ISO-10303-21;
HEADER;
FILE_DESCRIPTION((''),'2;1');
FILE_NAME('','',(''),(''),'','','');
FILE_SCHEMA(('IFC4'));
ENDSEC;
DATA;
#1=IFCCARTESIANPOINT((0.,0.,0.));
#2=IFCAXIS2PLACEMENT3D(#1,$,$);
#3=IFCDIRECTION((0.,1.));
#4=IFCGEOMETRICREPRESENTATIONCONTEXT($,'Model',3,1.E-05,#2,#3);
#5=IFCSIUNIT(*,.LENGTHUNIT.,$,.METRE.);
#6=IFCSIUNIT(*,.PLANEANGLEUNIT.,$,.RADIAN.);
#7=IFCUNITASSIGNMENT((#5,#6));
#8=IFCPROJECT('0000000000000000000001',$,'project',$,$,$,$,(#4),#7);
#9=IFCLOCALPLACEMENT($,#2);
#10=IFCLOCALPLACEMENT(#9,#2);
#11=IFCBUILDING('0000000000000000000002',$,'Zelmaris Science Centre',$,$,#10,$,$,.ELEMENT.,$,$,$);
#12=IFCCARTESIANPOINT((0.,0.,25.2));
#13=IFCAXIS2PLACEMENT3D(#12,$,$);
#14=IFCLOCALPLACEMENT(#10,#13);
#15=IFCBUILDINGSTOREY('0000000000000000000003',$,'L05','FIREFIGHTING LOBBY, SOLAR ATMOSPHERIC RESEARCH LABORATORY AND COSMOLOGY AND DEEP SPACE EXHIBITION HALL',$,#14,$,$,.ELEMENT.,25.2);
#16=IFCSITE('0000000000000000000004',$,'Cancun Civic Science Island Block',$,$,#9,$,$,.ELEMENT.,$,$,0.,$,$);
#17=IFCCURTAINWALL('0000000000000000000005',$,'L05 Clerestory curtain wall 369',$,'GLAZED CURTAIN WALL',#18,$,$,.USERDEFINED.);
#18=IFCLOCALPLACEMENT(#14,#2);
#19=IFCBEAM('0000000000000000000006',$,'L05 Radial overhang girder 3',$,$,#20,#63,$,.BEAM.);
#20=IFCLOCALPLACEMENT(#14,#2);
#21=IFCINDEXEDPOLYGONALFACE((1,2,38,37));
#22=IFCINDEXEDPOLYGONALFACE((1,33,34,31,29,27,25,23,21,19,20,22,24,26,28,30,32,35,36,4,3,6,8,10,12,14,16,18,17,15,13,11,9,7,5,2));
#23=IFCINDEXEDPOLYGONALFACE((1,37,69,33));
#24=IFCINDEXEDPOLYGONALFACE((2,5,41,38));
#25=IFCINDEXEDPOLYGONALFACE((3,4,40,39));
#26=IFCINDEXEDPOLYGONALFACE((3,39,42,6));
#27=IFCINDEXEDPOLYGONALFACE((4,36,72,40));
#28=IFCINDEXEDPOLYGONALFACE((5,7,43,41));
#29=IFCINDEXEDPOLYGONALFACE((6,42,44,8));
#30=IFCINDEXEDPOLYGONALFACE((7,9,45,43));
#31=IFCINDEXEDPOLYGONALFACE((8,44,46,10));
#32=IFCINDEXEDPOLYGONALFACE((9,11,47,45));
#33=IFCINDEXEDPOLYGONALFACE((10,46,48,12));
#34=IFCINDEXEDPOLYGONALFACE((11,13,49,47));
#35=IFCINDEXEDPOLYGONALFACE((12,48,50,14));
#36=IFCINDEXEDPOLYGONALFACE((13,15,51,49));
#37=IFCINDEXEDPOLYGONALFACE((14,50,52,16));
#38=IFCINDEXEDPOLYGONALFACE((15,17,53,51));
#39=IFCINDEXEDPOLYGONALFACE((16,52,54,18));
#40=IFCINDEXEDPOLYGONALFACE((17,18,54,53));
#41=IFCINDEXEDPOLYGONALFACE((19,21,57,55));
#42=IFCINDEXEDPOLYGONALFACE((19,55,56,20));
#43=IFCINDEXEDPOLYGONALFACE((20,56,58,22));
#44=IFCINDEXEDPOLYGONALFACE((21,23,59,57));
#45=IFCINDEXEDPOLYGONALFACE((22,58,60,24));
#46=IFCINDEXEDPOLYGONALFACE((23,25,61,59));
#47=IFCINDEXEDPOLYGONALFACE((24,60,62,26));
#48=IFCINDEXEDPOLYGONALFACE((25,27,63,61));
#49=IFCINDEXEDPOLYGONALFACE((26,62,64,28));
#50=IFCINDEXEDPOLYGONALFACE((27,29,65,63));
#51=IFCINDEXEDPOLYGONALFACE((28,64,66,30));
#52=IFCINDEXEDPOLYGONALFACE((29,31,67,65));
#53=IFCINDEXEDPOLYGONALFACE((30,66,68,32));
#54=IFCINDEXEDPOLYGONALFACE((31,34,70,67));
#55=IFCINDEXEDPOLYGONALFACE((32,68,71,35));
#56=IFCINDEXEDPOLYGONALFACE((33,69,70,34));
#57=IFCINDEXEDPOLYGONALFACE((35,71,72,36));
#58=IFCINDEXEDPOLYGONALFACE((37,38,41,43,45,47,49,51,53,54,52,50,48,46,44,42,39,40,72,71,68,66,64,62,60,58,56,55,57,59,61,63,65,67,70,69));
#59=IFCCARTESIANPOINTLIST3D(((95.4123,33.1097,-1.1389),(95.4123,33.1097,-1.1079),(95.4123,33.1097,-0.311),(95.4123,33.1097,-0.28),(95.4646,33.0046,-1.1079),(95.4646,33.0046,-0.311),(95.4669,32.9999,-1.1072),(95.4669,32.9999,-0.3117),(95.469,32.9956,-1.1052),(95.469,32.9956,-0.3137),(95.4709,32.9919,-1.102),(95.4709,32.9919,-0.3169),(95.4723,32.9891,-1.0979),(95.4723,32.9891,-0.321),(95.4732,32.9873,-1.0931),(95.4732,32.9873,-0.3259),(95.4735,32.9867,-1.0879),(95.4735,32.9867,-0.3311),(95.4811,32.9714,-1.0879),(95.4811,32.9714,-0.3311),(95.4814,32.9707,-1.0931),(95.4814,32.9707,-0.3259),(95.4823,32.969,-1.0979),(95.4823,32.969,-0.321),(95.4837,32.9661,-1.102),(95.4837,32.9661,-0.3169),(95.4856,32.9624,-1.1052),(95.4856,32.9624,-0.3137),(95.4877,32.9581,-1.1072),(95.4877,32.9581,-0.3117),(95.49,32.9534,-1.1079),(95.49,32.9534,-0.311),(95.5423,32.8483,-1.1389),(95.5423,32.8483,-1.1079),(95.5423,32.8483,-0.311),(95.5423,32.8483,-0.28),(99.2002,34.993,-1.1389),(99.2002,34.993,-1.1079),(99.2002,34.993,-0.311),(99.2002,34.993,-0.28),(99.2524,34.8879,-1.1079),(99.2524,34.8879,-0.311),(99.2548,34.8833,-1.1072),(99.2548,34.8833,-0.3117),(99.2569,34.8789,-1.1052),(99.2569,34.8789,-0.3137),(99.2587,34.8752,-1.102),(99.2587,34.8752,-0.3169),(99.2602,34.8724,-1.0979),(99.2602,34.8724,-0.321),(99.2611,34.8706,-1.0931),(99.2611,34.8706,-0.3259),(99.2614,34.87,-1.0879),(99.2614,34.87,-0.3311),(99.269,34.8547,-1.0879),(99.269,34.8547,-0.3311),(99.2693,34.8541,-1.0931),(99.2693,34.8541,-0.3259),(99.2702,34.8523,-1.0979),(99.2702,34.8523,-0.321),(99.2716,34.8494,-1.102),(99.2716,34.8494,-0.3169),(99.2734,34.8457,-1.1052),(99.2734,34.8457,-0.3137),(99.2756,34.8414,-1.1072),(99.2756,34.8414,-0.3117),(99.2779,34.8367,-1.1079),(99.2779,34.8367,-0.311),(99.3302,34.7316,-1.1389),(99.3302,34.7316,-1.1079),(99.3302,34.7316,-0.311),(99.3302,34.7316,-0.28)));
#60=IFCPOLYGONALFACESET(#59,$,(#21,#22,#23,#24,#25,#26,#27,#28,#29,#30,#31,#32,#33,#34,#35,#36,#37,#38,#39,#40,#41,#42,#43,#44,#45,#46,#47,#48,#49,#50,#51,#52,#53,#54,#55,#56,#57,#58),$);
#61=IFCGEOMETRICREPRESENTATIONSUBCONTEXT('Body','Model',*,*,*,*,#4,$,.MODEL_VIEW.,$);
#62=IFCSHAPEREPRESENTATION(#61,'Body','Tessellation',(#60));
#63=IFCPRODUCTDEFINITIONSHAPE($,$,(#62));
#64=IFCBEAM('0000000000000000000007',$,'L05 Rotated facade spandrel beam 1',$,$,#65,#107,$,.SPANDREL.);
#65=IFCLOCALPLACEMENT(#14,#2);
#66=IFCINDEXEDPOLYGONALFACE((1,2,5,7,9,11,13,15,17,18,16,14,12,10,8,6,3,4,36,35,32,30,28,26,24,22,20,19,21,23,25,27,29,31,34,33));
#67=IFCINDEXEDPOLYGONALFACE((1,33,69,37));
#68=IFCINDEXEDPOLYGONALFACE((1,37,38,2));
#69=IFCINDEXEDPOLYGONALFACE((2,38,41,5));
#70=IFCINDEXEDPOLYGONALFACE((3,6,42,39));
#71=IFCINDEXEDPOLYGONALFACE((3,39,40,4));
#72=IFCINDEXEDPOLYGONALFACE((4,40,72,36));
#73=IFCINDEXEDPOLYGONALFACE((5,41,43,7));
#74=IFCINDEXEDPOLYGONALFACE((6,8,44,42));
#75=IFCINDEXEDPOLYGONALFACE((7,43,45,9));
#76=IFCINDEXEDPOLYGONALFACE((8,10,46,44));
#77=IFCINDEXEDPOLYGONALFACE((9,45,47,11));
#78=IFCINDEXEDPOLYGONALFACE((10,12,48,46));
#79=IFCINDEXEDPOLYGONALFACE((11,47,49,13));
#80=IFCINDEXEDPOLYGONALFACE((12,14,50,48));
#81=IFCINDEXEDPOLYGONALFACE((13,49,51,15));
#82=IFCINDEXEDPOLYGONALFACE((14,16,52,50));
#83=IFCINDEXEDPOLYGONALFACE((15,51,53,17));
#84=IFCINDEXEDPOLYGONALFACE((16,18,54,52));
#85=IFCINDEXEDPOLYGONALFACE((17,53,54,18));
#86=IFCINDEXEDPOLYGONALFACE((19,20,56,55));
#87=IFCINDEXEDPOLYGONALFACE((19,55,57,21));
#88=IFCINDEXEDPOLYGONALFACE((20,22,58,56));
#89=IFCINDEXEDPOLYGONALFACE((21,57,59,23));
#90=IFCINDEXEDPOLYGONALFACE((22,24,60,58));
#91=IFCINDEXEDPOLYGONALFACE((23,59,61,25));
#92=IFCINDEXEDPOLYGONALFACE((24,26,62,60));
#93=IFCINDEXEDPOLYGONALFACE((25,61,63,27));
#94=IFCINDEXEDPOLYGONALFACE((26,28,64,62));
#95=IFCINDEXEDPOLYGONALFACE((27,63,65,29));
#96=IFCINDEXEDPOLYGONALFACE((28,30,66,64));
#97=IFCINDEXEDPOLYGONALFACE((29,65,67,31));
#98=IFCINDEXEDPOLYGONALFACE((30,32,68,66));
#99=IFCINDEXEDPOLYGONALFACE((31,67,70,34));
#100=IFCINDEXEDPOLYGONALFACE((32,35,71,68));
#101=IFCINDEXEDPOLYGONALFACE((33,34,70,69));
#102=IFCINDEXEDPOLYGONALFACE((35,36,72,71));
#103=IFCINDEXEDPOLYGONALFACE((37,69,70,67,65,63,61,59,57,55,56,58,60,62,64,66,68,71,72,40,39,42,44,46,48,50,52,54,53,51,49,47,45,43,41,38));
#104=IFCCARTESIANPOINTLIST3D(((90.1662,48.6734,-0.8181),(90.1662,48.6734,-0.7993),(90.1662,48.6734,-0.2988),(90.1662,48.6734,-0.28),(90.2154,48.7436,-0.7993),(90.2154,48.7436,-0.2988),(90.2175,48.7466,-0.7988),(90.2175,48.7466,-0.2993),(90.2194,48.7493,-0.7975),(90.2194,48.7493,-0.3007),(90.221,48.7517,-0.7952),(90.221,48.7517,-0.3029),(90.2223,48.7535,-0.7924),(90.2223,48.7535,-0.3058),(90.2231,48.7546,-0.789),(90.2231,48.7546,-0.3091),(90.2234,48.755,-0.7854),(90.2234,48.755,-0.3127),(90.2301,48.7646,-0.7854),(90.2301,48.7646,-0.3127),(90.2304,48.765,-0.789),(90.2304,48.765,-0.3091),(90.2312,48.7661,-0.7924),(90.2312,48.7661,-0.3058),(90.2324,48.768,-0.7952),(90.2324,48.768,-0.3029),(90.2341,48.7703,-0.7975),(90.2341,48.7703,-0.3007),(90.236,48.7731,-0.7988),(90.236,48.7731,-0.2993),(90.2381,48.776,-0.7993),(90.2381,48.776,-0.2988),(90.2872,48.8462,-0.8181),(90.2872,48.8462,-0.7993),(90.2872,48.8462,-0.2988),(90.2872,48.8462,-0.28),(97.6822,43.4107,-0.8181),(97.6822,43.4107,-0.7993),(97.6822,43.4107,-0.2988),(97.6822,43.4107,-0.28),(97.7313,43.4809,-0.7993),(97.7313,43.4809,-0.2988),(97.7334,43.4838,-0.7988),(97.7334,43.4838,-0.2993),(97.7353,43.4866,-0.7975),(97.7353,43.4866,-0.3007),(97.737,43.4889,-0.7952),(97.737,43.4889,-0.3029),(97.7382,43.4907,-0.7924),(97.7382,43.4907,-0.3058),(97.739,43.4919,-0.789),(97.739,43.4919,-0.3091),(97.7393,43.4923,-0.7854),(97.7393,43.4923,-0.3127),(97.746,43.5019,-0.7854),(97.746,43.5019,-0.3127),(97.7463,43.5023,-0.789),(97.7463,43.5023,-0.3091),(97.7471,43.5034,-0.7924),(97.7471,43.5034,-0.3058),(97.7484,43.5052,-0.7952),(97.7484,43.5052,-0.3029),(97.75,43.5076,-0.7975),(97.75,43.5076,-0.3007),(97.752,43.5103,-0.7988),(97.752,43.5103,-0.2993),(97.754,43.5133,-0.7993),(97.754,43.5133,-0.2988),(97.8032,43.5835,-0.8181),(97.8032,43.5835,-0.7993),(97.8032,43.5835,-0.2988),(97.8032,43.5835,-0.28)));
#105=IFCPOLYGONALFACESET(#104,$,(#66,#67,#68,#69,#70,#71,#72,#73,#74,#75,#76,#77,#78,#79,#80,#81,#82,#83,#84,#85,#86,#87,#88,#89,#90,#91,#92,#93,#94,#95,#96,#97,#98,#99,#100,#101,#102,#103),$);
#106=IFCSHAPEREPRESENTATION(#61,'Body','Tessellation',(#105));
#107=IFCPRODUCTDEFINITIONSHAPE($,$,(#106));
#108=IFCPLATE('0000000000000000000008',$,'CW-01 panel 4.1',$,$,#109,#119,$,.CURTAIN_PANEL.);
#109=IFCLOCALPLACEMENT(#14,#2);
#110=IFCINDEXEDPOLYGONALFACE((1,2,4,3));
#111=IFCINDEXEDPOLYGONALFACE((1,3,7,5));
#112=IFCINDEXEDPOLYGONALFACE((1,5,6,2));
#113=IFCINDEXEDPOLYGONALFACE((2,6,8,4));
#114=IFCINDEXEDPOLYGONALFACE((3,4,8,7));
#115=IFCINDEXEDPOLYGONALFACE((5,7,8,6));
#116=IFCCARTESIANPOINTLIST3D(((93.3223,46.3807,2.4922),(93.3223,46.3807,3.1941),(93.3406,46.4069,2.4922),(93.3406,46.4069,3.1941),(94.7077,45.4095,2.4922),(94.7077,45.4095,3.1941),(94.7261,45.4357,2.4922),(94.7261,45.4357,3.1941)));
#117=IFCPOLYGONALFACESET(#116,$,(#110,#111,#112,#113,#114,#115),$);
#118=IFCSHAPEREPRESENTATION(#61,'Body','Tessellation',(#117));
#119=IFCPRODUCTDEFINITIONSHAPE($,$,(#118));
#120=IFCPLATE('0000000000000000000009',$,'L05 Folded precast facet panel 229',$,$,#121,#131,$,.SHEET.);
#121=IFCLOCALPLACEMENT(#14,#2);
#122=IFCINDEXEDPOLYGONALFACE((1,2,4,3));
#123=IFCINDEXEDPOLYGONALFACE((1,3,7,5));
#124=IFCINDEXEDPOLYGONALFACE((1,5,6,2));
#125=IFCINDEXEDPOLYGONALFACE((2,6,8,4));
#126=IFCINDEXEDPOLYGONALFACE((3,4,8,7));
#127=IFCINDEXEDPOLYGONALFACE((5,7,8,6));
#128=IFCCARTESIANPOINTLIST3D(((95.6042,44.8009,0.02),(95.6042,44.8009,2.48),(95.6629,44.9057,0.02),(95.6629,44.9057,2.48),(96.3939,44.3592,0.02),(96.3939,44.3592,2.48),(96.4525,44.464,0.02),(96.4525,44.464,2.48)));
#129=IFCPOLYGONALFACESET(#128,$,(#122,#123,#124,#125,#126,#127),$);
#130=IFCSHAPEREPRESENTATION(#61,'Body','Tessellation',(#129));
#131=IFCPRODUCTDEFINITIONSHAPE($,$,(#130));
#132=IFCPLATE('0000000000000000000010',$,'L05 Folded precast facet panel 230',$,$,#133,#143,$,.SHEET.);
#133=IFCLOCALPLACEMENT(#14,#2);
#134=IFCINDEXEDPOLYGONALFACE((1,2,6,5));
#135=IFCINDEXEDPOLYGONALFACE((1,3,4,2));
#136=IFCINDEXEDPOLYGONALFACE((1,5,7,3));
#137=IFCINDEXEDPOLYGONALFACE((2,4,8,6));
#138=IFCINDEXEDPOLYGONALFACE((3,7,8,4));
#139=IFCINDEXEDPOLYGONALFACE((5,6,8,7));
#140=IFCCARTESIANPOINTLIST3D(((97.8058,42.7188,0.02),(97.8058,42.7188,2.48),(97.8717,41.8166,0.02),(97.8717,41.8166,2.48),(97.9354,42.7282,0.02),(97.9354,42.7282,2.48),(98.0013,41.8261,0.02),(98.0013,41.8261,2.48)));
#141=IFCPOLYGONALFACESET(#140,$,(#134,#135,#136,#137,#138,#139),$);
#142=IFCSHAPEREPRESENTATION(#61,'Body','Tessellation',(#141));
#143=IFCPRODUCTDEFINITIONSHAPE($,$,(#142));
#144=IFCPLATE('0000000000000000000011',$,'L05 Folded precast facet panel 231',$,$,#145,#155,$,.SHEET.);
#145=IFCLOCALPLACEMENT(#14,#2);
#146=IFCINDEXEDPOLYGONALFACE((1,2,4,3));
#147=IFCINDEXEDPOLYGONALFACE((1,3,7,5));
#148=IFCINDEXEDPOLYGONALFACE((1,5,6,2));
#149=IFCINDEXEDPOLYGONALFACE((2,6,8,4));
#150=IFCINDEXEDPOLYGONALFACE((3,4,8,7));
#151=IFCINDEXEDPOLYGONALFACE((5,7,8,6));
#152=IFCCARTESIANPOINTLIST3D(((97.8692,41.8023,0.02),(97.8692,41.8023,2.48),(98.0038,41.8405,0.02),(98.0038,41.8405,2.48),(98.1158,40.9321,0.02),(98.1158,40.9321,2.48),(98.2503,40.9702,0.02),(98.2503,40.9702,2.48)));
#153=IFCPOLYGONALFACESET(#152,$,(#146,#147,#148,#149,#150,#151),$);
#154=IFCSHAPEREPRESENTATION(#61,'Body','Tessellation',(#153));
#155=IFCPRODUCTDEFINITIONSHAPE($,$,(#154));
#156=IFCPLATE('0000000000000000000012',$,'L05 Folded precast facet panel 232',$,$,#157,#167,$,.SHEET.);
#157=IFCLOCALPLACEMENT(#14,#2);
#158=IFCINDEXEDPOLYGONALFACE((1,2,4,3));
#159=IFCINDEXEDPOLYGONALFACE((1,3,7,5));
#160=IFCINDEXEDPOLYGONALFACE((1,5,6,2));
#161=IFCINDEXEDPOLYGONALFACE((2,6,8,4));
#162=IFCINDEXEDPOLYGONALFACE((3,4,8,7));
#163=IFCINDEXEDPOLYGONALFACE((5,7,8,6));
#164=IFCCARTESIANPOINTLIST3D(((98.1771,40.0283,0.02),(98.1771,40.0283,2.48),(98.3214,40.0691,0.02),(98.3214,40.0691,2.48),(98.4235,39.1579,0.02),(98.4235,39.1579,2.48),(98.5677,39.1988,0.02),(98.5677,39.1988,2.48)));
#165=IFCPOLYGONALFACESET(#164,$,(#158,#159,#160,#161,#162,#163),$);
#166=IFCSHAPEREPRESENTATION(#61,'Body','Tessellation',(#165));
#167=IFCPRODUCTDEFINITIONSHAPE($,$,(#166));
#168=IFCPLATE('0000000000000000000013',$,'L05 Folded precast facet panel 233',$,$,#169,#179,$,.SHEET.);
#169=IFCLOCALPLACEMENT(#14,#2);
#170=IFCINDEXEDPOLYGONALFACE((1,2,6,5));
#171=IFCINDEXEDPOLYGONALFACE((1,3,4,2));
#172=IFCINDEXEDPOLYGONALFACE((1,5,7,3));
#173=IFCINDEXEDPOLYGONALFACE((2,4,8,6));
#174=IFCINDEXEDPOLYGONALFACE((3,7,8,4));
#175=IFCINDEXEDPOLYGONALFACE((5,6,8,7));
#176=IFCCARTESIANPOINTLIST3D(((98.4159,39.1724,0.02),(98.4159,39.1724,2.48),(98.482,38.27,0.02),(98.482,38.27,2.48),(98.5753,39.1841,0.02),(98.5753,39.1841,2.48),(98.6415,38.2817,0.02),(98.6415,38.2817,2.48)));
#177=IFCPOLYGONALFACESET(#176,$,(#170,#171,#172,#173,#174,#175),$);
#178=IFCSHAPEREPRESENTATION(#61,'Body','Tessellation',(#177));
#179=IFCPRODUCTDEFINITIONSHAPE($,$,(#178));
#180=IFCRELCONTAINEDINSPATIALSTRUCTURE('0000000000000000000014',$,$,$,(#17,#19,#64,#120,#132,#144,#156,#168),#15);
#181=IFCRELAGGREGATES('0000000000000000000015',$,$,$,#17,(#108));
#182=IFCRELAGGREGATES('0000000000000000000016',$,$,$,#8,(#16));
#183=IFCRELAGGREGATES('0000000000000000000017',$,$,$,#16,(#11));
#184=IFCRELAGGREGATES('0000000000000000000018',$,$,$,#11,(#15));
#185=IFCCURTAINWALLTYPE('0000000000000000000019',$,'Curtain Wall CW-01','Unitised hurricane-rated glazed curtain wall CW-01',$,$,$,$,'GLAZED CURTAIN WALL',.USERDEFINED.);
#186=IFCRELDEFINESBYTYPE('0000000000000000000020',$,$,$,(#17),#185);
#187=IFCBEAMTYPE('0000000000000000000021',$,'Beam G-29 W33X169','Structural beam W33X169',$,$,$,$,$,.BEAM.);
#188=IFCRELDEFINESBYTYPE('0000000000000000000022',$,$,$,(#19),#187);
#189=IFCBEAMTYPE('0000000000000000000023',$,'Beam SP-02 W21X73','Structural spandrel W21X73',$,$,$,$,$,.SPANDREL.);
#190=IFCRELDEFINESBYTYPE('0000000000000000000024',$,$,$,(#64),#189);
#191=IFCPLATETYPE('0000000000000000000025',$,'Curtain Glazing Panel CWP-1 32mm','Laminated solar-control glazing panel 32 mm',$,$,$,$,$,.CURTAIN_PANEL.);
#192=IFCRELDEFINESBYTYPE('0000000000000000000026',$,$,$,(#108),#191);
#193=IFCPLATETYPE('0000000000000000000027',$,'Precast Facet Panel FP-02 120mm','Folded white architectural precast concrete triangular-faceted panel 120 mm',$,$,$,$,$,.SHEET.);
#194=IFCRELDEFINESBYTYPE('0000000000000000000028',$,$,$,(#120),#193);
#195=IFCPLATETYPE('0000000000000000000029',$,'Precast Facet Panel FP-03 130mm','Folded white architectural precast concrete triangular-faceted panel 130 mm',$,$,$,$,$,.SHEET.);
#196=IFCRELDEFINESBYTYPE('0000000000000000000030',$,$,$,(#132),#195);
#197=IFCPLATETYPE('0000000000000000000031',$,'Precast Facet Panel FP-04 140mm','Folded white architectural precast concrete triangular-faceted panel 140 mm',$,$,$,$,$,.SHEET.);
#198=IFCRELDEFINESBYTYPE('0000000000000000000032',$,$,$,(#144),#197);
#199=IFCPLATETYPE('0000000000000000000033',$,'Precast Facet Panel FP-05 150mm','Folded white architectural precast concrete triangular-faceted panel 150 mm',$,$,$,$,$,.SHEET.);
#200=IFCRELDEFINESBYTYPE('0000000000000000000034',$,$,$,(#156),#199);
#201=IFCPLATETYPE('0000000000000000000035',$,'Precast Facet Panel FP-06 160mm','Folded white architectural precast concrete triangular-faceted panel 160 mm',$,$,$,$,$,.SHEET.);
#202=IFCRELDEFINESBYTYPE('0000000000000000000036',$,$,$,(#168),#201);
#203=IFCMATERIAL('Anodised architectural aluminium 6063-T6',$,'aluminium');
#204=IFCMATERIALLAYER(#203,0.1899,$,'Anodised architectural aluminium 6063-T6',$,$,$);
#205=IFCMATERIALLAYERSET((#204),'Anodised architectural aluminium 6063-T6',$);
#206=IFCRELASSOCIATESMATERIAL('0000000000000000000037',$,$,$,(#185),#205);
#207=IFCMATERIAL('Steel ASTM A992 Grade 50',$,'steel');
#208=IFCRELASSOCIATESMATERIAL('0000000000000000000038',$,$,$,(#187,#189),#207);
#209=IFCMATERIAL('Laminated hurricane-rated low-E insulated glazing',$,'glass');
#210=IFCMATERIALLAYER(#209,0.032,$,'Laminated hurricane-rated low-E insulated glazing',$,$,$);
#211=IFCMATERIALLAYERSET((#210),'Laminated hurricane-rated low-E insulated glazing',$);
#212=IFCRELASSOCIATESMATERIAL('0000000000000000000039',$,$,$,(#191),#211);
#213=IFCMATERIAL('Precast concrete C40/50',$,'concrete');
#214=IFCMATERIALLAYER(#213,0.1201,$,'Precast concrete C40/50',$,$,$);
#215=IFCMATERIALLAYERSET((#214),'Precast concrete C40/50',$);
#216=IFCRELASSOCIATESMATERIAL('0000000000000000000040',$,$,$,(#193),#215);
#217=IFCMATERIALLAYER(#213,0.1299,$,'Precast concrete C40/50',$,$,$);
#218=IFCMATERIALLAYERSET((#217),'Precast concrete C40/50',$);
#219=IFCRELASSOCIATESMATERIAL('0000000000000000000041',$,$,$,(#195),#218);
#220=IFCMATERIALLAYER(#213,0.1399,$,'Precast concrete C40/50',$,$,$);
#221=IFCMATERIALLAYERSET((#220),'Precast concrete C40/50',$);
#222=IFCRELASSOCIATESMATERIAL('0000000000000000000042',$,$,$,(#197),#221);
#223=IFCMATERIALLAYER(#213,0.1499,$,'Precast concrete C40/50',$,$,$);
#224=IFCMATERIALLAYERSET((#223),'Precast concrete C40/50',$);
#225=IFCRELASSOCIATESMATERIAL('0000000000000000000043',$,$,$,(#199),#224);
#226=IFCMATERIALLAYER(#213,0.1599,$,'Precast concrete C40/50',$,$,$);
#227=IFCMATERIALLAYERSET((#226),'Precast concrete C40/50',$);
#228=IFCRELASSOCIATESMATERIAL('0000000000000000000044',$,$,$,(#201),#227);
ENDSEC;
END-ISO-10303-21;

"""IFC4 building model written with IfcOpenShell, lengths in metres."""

from ifc_helpers import new_model, si_unit, direction, frame, frame_2d, origin, origin_2d, place, context, subcontext, project, spatial, rectangle, i_section, extrude, material, layer, layer_set, material_profile, profile_set, type_object, element, aggregate, save


model = new_model("IFC4")

# Units and contexts
model_context = context("Model", 3, precision=1e-05, world=origin(), true_north=direction((0.0, 1.0)))
body_context = subcontext(model_context, "Body", "Model", "MODEL_VIEW")
ifc_project = project(units=[si_unit("LENGTHUNIT", "METRE"), si_unit("PLANEANGLEUNIT", "RADIAN")], contexts=[model_context])

# Site, building, storey
site_placement = place(None, origin())
site = spatial("IfcSite", under=ifc_project, at=site_placement, Name="Cancun Civic Science Island Block", CompositionType="ELEMENT", RefElevation=0.0)
building_placement = place(site_placement, origin())
building = spatial("IfcBuilding", under=site, at=building_placement, Name="Zelmaris Science Centre", CompositionType="ELEMENT")
storey_placement = place(building_placement, frame((0.0, 0.0, 25.2)))
storey = spatial("IfcBuildingStorey", under=building, at=storey_placement, Name="L05", Description="FIREFIGHTING LOBBY, SOLAR ATMOSPHERIC RESEARCH LABORATORY AND COSMOLOGY AND DEEP SPACE EXHIBITION HALL", CompositionType="ELEMENT", Elevation=25.2)

# Shared definitions
ifc_material_1 = material(Name="Steel ASTM A992 Grade 50", Category="steel")

# Curtain wall
ifc_material_2 = material(Name="Anodised architectural aluminium 6063-T6", Category="aluminium")
ifc_layer_1 = layer(ifc_material_2, 0.1899, Name="Anodised architectural aluminium 6063-T6")
ifc_layer_set_1 = layer_set([ifc_layer_1], Name="Anodised architectural aluminium 6063-T6")
curtain_wall_type_1 = type_object("IfcCurtainWallType", Name="Curtain Wall CW-01", Description="Unitised hurricane-rated glazed curtain wall CW-01", ElementType="GLAZED CURTAIN WALL", PredefinedType="USERDEFINED", material=ifc_layer_set_1)
curtain_wall_1_placement = place(storey_placement, origin())
curtain_wall_1 = element("IfcCurtainWall", 1, at=curtain_wall_1_placement, inside=storey, type_object=curtain_wall_type_1, Name="L05 Clerestory curtain wall 369", ObjectType="GLAZED CURTAIN WALL", PredefinedType="USERDEFINED")

# Beams
ifc_material_profile_1 = material_profile(ifc_material_1, i_section(OverallWidth=0.292, OverallDepth=0.8589, WebThickness=0.0171, FlangeThickness=0.031, FilletRadius=0.02, at=origin_2d()), Name="W33X169")
ifc_profile_set_1 = profile_set([ifc_material_profile_1], Name="Steel ASTM A992 Grade 50")
beam_type_1 = type_object("IfcBeamType", Name="Beam G-29 W33X169", Description="Structural beam W33X169", PredefinedType="BEAM", material=ifc_profile_set_1)
beam_1_placement = place(storey_placement, frame((95.4773, 32.979, -0.7095), z_axis=(0.895429, 0.445204, 0.0), x_axis=(-0.445204, 0.895429, 0.0)))
element("IfcBeam", 2, at=beam_1_placement, inside=storey, type_object=beam_type_1, Name="L05 Radial overhang girder 3", PredefinedType="BEAM", context=body_context, shape_type="SweptSolid", body=[
    extrude(i_section(OverallWidth=0.292, OverallDepth=0.8589, WebThickness=0.0171, FlangeThickness=0.031, FilletRadius=0.02, at=origin_2d()), origin(), (0.0, 0.0, 1.0), 4.2302),
])
ifc_material_profile_2 = material_profile(ifc_material_1, i_section(OverallWidth=0.2109, OverallDepth=0.5381, WebThickness=0.0117, FlangeThickness=0.0188, FilletRadius=0.0139, at=origin_2d()), Name="W21X73")
ifc_profile_set_2 = profile_set([ifc_material_profile_2], Name="Steel ASTM A992 Grade 50")
beam_type_2 = type_object("IfcBeamType", Name="Beam SP-02 W21X73", Description="Structural spandrel W21X73", PredefinedType="SPANDREL", material=ifc_profile_set_2)
beam_2_placement = place(storey_placement, frame((97.7427, 43.4971, -0.5491), z_axis=(-0.819151, 0.573578, 0.0), x_axis=(-0.573578, -0.819151, 0.0)))
element("IfcBeam", 3, at=beam_2_placement, inside=storey, type_object=beam_type_2, Name="L05 Rotated facade spandrel beam 1", PredefinedType="SPANDREL", context=body_context, shape_type="SweptSolid", body=[
    extrude(i_section(OverallWidth=0.2109, OverallDepth=0.5381, WebThickness=0.0117, FlangeThickness=0.0188, FilletRadius=0.0139, at=origin_2d()), origin(), (0.0, 0.0, 1.0), 9.1753),
])

# Plate
ifc_material_3 = material(Name="Laminated hurricane-rated low-E insulated glazing", Category="glass")
ifc_layer_2 = layer(ifc_material_3, 0.032, Name="Laminated hurricane-rated low-E insulated glazing")
ifc_layer_set_2 = layer_set([ifc_layer_2], Name="Laminated hurricane-rated low-E insulated glazing")
plate_type_1 = type_object("IfcPlateType", Name="Curtain Glazing Panel CWP-1 32mm", Description="Laminated solar-control glazing panel 32 mm", PredefinedType="CURTAIN_PANEL", material=ifc_layer_set_2)
plate_1_placement = place(storey_placement, frame((94.0242, 45.9082, 2.4922), z_axis=(0.0, 0.0, 1.0), x_axis=(0.818853, -0.574003, 0.0)))
plate_1 = element("IfcPlate", 4, at=plate_1_placement, type_object=plate_type_1, Name="CW-01 panel 4.1", PredefinedType="CURTAIN_PANEL", context=body_context, shape_type="SweptSolid", body=[
    extrude(rectangle(XDim=1.6919, YDim=0.032, at=origin_2d()), origin(), (0.0, 0.0, 1.0), 0.7019),
])
aggregate(curtain_wall_1, [plate_1])

# Plates
ifc_material_4 = material(Name="Precast concrete C40/50", Category="concrete")
ifc_layer_3 = layer(ifc_material_4, 0.1201, Name="Precast concrete C40/50")
ifc_layer_set_3 = layer_set([ifc_layer_3], Name="Precast concrete C40/50")
plate_type_2 = type_object("IfcPlateType", Name="Precast Facet Panel FP-02 120mm", Description="Folded white architectural precast concrete triangular-faceted panel 120 mm", PredefinedType="SHEET", material=ifc_layer_set_3)
plate_2_placement = place(storey_placement, frame((95.6335, 44.8533, 0.02), z_axis=(0.0, 0.0, 1.0), x_axis=(0.872741, -0.488184, 0.0)))
element("IfcPlate", 5, at=plate_2_placement, inside=storey, type_object=plate_type_2, Name="L05 Folded precast facet panel 229", PredefinedType="SHEET", context=body_context, shape_type="SweptSolid", body=[
    extrude(rectangle(XDim=0.9048, YDim=0.1201, at=frame_2d((0.4524, 0.0))), origin(), (0.0, 0.0, 1.0), 2.46),
])
ifc_layer_4 = layer(ifc_material_4, 0.1299, Name="Precast concrete C40/50")
ifc_layer_set_4 = layer_set([ifc_layer_4], Name="Precast concrete C40/50")
plate_type_3 = type_object("IfcPlateType", Name="Precast Facet Panel FP-03 130mm", Description="Folded white architectural precast concrete triangular-faceted panel 130 mm", PredefinedType="SHEET", material=ifc_layer_set_4)
plate_3_placement = place(storey_placement, frame((97.8706, 42.7234, 0.02), z_axis=(0.0, 0.0, 1.0), x_axis=(0.072877, -0.997341, 0.0)))
element("IfcPlate", 6, at=plate_3_placement, inside=storey, type_object=plate_type_3, Name="L05 Folded precast facet panel 230", PredefinedType="SHEET", context=body_context, shape_type="SweptSolid", body=[
    extrude(rectangle(XDim=0.9045, YDim=0.1299, at=frame_2d((0.4521, 0.0))), origin(), (0.0, 0.0, 1.0), 2.46),
])
ifc_layer_5 = layer(ifc_material_4, 0.1399, Name="Precast concrete C40/50")
ifc_layer_set_5 = layer_set([ifc_layer_5], Name="Precast concrete C40/50")
plate_type_4 = type_object("IfcPlateType", Name="Precast Facet Panel FP-04 140mm", Description="Folded white architectural precast concrete triangular-faceted panel 140 mm", PredefinedType="SHEET", material=ifc_layer_set_5)
plate_4_placement = place(storey_placement, frame((97.9365, 41.8213, 0.02), z_axis=(0.0, 0.0, 1.0), x_axis=(0.272582, -0.962133, 0.0)))
element("IfcPlate", 7, at=plate_4_placement, inside=storey, type_object=plate_type_4, Name="L05 Folded precast facet panel 231", PredefinedType="SHEET", context=body_context, shape_type="SweptSolid", body=[
    extrude(rectangle(XDim=0.9045, YDim=0.1399, at=frame_2d((0.4521, 0.0))), origin(), (0.0, 0.0, 1.0), 2.46),
])
ifc_layer_6 = layer(ifc_material_4, 0.1499, Name="Precast concrete C40/50")
ifc_layer_set_6 = layer_set([ifc_layer_6], Name="Precast concrete C40/50")
plate_type_5 = type_object("IfcPlateType", Name="Precast Facet Panel FP-05 150mm", Description="Folded white architectural precast concrete triangular-faceted panel 150 mm", PredefinedType="SHEET", material=ifc_layer_set_6)
plate_5_placement = place(storey_placement, frame((98.2493, 40.0486, 0.02), z_axis=(0.0, 0.0, 1.0), x_axis=(0.272332, -0.962203, 0.0)))
element("IfcPlate", 8, at=plate_5_placement, inside=storey, type_object=plate_type_5, Name="L05 Folded precast facet panel 232", PredefinedType="SHEET", context=body_context, shape_type="SweptSolid", body=[
    extrude(rectangle(XDim=0.9045, YDim=0.1499, at=frame_2d((0.4521, 0.0))), origin(), (0.0, 0.0, 1.0), 2.46),
])
ifc_layer_7 = layer(ifc_material_4, 0.1599, Name="Precast concrete C40/50")
ifc_layer_set_7 = layer_set([ifc_layer_7], Name="Precast concrete C40/50")
plate_type_6 = type_object("IfcPlateType", Name="Precast Facet Panel FP-06 160mm", Description="Folded white architectural precast concrete triangular-faceted panel 160 mm", PredefinedType="SHEET", material=ifc_layer_set_7)
plate_6_placement = place(storey_placement, frame((98.4956, 39.1782, 0.02), z_axis=(0.0, 0.0, 1.0), x_axis=(0.073126, -0.997323, 0.0)))
element("IfcPlate", 9, at=plate_6_placement, inside=storey, type_object=plate_type_6, Name="L05 Folded precast facet panel 233", PredefinedType="SHEET", context=body_context, shape_type="SweptSolid", body=[
    extrude(rectangle(XDim=0.9048, YDim=0.1599, at=frame_2d((0.4524, 0.0))), origin(), (0.0, 0.0, 1.0), 2.46),
])

save(model, "model.ifc")
